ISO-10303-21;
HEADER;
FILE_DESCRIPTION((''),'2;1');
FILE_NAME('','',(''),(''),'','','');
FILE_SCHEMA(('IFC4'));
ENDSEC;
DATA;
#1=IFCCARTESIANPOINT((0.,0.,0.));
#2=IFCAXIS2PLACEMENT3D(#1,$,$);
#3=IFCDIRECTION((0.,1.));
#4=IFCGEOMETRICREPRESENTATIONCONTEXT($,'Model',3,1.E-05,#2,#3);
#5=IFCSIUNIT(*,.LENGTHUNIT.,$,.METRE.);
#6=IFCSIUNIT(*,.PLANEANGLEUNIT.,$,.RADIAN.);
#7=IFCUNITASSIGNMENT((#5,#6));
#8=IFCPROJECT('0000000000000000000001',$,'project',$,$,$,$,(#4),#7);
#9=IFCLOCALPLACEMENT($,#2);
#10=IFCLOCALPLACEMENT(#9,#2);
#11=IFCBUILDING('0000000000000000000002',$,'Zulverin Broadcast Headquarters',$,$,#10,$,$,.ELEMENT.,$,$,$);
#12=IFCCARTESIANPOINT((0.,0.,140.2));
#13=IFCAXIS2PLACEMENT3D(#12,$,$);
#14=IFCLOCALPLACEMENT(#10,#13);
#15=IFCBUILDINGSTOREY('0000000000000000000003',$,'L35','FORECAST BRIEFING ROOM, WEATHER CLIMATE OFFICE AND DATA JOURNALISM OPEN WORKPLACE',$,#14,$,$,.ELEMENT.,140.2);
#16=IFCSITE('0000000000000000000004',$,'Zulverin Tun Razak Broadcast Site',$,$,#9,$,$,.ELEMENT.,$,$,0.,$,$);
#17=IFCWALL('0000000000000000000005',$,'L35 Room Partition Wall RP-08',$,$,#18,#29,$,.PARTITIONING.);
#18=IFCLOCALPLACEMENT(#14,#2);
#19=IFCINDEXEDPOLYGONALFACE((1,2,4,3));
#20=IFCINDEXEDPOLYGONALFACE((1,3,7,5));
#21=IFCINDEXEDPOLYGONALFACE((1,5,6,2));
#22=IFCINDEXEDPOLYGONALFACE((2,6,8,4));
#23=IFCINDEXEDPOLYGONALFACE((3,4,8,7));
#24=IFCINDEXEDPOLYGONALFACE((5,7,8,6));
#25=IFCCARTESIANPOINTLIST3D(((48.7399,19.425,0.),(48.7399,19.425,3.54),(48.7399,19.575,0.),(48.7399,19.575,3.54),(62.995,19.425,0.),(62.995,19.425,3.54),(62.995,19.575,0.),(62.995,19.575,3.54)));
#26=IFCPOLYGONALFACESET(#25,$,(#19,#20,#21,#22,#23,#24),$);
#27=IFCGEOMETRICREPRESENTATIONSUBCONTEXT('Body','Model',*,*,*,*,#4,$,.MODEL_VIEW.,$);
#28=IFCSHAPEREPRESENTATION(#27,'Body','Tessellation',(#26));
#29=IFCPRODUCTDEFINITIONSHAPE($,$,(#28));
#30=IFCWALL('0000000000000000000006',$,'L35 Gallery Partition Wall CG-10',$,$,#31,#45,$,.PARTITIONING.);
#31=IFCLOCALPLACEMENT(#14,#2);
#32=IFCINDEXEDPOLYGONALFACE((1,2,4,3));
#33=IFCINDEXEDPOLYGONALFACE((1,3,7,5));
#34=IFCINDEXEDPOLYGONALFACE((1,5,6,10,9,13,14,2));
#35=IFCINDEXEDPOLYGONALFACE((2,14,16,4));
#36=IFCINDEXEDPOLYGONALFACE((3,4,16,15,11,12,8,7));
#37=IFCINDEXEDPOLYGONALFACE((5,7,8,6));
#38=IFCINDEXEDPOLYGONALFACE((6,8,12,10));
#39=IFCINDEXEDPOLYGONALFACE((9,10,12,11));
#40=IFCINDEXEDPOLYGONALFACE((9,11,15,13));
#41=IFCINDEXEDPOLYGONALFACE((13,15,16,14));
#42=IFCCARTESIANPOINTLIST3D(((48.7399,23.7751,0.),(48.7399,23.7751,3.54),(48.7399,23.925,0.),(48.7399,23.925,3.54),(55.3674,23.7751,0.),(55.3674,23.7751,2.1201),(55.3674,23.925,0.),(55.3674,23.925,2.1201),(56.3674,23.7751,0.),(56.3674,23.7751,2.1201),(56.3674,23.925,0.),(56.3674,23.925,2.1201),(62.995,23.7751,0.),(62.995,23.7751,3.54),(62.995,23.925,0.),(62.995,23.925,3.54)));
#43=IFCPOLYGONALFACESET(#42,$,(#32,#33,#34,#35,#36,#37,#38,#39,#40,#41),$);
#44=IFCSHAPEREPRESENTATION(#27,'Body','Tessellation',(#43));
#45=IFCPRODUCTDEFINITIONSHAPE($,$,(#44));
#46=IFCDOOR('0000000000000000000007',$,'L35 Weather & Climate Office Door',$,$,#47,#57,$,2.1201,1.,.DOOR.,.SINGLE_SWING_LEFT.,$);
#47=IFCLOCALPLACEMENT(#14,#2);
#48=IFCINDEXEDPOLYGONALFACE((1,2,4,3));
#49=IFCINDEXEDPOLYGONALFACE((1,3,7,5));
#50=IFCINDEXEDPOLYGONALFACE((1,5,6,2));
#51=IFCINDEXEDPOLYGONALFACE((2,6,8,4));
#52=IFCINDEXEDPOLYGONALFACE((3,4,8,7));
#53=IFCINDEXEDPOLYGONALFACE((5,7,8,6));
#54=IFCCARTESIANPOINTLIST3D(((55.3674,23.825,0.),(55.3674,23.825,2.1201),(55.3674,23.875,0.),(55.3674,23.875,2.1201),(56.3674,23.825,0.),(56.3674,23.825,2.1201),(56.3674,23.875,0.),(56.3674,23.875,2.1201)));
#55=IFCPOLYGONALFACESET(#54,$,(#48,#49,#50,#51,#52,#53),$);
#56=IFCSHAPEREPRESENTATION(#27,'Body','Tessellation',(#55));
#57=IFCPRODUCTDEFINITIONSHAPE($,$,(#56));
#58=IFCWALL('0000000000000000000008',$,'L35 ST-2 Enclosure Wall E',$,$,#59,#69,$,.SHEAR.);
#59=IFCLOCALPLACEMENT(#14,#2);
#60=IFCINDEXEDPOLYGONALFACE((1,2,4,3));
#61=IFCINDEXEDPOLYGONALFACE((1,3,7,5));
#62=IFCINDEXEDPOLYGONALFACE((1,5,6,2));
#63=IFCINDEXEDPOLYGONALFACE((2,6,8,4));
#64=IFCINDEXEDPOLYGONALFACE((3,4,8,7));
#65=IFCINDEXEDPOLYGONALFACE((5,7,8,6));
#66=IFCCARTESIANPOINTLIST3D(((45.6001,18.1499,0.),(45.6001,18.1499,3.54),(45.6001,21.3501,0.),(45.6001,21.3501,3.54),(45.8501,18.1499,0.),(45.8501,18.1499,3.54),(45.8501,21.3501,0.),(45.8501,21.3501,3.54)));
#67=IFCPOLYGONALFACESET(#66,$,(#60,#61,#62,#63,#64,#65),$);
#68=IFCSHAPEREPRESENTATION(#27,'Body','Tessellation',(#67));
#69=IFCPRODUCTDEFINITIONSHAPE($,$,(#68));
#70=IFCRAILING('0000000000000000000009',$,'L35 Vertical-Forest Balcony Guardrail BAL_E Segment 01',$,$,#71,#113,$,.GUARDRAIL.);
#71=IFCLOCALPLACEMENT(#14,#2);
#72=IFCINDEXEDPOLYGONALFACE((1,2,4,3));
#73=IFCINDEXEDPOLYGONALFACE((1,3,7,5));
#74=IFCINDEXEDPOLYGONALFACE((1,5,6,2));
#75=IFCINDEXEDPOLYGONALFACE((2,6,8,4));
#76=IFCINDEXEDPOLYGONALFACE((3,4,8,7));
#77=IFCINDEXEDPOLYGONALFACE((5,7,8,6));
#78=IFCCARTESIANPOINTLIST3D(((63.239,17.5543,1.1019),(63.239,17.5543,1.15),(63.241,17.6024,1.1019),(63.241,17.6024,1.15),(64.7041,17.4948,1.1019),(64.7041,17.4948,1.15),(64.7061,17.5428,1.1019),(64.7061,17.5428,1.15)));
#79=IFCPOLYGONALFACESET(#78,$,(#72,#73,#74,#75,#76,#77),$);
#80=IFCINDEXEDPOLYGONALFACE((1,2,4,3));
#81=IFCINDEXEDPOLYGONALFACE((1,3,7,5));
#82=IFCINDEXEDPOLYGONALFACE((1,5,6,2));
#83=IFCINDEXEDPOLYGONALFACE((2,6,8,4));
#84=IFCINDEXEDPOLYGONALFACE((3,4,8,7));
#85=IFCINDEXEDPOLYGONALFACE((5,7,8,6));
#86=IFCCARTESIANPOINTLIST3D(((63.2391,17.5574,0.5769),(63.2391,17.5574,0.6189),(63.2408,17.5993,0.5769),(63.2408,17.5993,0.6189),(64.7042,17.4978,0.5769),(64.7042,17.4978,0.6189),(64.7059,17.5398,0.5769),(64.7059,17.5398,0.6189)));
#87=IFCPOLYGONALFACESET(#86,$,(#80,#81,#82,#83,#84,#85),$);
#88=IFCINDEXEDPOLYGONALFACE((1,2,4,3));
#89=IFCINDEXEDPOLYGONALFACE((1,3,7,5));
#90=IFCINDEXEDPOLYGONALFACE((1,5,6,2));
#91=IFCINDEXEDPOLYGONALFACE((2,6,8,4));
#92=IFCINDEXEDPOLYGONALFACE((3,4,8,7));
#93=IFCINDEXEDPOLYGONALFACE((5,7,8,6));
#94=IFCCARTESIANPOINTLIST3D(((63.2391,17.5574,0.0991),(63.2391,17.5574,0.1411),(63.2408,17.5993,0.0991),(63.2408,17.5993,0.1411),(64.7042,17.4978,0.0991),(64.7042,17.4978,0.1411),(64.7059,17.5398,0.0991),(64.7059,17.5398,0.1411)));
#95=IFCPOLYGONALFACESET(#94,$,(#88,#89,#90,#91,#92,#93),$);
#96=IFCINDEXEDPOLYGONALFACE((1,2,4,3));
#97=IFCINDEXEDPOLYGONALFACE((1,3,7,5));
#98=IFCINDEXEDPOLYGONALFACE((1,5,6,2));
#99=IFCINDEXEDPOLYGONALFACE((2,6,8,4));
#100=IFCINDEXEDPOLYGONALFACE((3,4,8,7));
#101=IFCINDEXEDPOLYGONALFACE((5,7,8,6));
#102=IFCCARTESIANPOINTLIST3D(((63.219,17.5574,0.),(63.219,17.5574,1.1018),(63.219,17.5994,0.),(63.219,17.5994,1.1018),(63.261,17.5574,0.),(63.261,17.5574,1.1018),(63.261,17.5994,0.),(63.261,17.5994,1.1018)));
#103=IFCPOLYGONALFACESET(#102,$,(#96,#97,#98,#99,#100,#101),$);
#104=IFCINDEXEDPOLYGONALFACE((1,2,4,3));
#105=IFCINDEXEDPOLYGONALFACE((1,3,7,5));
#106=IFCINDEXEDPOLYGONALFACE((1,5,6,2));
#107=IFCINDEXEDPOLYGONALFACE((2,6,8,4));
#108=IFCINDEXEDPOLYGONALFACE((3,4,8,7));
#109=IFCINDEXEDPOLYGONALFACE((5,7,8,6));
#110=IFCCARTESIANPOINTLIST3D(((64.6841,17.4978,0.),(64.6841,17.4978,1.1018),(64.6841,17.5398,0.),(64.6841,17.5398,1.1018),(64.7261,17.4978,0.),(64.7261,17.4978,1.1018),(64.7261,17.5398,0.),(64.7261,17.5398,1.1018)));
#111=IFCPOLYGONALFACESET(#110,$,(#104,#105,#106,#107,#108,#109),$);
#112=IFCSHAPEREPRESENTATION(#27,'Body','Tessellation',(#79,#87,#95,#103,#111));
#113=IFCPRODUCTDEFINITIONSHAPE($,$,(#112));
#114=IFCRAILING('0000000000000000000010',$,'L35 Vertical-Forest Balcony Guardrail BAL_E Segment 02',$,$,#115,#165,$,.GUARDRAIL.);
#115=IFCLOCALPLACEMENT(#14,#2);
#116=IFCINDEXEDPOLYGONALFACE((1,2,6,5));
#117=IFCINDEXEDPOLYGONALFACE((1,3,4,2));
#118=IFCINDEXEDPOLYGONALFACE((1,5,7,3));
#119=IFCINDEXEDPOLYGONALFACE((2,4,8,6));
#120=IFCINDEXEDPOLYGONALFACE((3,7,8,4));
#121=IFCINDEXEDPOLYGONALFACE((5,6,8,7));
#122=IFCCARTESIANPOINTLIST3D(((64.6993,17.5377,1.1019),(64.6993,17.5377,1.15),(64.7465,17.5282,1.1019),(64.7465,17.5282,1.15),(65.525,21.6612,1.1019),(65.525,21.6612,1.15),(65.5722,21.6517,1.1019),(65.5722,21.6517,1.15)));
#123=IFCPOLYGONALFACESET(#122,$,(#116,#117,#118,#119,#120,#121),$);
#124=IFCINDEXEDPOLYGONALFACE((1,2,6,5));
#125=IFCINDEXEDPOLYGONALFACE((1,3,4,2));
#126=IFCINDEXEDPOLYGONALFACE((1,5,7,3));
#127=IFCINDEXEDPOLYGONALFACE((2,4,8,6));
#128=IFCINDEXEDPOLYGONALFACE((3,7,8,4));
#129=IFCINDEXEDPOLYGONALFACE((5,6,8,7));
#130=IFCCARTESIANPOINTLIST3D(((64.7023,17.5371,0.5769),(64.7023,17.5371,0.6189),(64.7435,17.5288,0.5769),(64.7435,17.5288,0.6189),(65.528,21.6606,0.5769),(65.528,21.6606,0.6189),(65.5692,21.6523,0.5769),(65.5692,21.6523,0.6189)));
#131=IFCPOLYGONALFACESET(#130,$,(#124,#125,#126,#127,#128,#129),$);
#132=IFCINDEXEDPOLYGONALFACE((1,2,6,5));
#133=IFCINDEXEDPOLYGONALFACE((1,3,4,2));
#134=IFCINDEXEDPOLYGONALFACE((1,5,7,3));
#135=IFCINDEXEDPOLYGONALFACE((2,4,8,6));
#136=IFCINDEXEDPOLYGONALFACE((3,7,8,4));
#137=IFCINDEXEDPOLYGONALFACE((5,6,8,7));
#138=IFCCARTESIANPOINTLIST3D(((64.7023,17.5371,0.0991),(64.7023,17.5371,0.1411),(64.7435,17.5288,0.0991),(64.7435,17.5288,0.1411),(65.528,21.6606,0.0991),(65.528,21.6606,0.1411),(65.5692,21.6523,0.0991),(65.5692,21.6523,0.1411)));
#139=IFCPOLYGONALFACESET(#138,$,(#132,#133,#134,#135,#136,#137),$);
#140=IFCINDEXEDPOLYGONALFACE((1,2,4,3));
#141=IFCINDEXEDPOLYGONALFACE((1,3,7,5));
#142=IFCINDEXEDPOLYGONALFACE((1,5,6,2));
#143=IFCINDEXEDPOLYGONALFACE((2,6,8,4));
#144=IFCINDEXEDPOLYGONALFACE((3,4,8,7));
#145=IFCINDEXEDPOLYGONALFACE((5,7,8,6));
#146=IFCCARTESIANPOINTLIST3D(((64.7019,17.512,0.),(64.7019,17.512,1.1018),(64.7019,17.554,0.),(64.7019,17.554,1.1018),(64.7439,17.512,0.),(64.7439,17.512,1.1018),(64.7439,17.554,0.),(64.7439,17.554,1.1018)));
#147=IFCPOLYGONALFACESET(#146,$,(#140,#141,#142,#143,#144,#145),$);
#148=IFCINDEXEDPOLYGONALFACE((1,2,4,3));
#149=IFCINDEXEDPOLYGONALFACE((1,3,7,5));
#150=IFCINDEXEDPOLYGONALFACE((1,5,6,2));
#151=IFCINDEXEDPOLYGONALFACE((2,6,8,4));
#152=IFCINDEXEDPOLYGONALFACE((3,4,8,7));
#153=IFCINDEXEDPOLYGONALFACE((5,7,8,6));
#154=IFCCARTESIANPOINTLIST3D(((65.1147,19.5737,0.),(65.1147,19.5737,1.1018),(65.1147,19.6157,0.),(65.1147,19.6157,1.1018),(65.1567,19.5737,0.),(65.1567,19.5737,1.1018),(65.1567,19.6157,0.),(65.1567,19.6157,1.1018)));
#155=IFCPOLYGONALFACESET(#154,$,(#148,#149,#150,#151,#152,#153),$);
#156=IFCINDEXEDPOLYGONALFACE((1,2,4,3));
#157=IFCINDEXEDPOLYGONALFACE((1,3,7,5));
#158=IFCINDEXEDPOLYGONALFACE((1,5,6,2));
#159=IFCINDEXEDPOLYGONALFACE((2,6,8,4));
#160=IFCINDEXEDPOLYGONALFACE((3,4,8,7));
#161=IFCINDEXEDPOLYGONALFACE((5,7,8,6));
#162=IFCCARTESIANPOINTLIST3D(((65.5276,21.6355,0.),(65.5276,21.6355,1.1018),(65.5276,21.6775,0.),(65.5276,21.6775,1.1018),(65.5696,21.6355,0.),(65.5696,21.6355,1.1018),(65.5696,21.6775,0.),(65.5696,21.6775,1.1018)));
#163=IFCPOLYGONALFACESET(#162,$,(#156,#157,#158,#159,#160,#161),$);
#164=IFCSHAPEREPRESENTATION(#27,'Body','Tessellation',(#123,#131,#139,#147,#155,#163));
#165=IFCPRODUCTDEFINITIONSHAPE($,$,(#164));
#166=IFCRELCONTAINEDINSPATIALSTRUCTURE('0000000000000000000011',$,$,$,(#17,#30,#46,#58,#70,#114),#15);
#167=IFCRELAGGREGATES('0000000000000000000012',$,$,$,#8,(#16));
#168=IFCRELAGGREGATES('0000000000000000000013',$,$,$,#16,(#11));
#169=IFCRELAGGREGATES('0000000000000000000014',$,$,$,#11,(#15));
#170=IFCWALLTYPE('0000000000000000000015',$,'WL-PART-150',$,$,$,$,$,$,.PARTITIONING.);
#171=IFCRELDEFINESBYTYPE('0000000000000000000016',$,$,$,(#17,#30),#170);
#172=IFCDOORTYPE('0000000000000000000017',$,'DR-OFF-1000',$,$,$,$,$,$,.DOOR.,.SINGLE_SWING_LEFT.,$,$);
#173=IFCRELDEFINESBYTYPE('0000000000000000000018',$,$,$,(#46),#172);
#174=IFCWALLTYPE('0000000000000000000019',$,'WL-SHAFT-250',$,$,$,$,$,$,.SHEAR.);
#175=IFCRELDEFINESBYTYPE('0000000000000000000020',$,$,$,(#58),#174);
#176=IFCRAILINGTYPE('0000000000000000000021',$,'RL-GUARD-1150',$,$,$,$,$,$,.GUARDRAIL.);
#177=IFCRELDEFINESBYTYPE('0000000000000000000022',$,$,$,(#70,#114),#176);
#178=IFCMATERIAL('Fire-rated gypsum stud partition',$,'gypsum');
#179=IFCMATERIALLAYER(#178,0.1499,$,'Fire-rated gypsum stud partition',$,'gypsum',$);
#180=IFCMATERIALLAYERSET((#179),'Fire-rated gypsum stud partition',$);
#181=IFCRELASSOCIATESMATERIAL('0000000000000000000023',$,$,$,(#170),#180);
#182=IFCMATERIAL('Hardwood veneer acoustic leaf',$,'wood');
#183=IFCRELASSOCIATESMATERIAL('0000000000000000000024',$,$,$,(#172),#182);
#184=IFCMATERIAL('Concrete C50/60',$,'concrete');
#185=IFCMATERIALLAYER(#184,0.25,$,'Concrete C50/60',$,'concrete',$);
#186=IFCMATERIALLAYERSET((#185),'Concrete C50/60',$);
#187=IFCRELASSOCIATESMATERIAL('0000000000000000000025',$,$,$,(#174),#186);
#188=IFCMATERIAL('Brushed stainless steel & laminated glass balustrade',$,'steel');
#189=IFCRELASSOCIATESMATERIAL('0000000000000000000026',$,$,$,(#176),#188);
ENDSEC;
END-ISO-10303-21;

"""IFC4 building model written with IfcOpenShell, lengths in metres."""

from ifc_helpers import new_model, si_unit, direction, frame, frame_2d, origin, origin_2d, place, context, subcontext, project, spatial, rectangle, extrude, material, layer, layer_set, type_object, element, fill, save


model = new_model("IFC4")

# Units and contexts
model_context = context("Model", 3, precision=1e-05, world=origin(), true_north=direction((0.0, 1.0)))
body_context = subcontext(model_context, "Body", "Model", "MODEL_VIEW")
ifc_project = project(units=[si_unit("LENGTHUNIT", "METRE"), si_unit("PLANEANGLEUNIT", "RADIAN")], contexts=[model_context])

# Site, building, storey
site_placement = place(None, origin())
site = spatial("IfcSite", under=ifc_project, at=site_placement, Name="Zulverin Tun Razak Broadcast Site", CompositionType="ELEMENT", RefElevation=0.0)
building_placement = place(site_placement, origin())
building = spatial("IfcBuilding", under=site, at=building_placement, Name="Zulverin Broadcast Headquarters", CompositionType="ELEMENT")
storey_placement = place(building_placement, frame((0.0, 0.0, 140.2)))
storey = spatial("IfcBuildingStorey", under=building, at=storey_placement, Name="L35", Description="FORECAST BRIEFING ROOM, WEATHER CLIMATE OFFICE AND DATA JOURNALISM OPEN WORKPLACE", CompositionType="ELEMENT", Elevation=140.2)

# Shared definitions
ifc_material_1 = material(Name="Concrete C50/60", Category="concrete")

# Wall
ifc_material_2 = material(Name="Fire-rated gypsum stud partition", Category="gypsum")
ifc_layer_1 = layer(ifc_material_2, 0.1499, Name="Fire-rated gypsum stud partition", Category="gypsum")
ifc_layer_set_1 = layer_set([ifc_layer_1], Name="Fire-rated gypsum stud partition")
wall_type_1 = type_object("IfcWallType", Name="WL-PART-150", PredefinedType="PARTITIONING", material=ifc_layer_set_1)
wall_1_placement = place(storey_placement, frame((48.74, 19.5, 0.0), z_axis=(0.0, 0.0, 1.0), x_axis=(1.0, 0.0, 0.0)))
element("IfcWall", 1, at=wall_1_placement, inside=storey, type_object=wall_type_1, Name="L35 Room Partition Wall RP-08", PredefinedType="PARTITIONING", context=body_context, shape_type="SweptSolid", body=[
    extrude(rectangle(XDim=14.2551, YDim=0.1499, at=frame_2d((7.1274, 0.0))), origin(), (0.0, 0.0, 1.0), 3.54),
])

# Wall, opening, door
wall_2_placement = place(storey_placement, frame((48.74, 23.8501, 0.0), z_axis=(0.0, 0.0, 1.0), x_axis=(1.0, 0.0, 0.0)))
wall_2 = element("IfcWall", 2, at=wall_2_placement, inside=storey, type_object=wall_type_1, Name="L35 Gallery Partition Wall CG-10", PredefinedType="PARTITIONING", context=body_context, shape_type="SweptSolid", body=[
    extrude(rectangle(XDim=14.2551, YDim=0.1499, at=frame_2d((7.1274, 0.0))), origin(), (0.0, 0.0, 1.0), 3.54),
])
opening_1_placement = place(wall_2_placement, frame((6.6274, 0.0, 0.0)))
opening_1 = element("IfcOpeningElement", 3, at=opening_1_placement, cuts=wall_2, PredefinedType="OPENING", context=body_context, shape_type="SweptSolid", body=[
    extrude(rectangle(XDim=1.0, YDim=2.1201, at=frame_2d((0.5, 1.0601))), frame((0.0, 0.085, 0.0), z_axis=(0.0, -1.0, 0.0), x_axis=(1.0, 0.0, 0.0)), (0.0, 0.0, 1.0), 0.1699),
])
ifc_material_3 = material(Name="Hardwood veneer acoustic leaf", Category="wood")
door_type_1 = type_object("IfcDoorType", Name="DR-OFF-1000", OperationType="SINGLE_SWING_LEFT", PredefinedType="DOOR", material=ifc_material_3)
door_1_placement = place(opening_1_placement, origin())
door_1 = element("IfcDoor", 4, at=door_1_placement, inside=storey, type_object=door_type_1, Name="L35 Weather & Climate Office Door", OperationType="SINGLE_SWING_LEFT", OverallHeight=2.1201, OverallWidth=1.0, PredefinedType="DOOR", context=body_context, shape_type="SweptSolid", body=[
    extrude(rectangle(XDim=1.0, YDim=2.1201, at=frame_2d((0.5, 1.0601))), frame((0.0, 0.0249, 0.0), z_axis=(0.0, -1.0, 0.0), x_axis=(1.0, 0.0, 0.0)), (0.0, 0.0, 1.0), 0.05),
])
fill(opening_1, door_1)

# Wall
ifc_layer_2 = layer(ifc_material_1, 0.25, Name="Concrete C50/60", Category="concrete")
ifc_layer_set_2 = layer_set([ifc_layer_2], Name="Concrete C50/60")
wall_type_2 = type_object("IfcWallType", Name="WL-SHAFT-250", PredefinedType="SHEAR", material=ifc_layer_set_2)
wall_3_placement = place(storey_placement, frame((45.7251, 18.1499, 0.0), z_axis=(0.0, 0.0, 1.0), x_axis=(0.0, 1.0, 0.0)))
element("IfcWall", 5, at=wall_3_placement, inside=storey, type_object=wall_type_2, Name="L35 ST-2 Enclosure Wall E", PredefinedType="SHEAR", context=body_context, shape_type="SweptSolid", body=[
    extrude(rectangle(XDim=3.2002, YDim=0.25, at=frame_2d((1.6001, 0.0))), origin(), (0.0, 0.0, 1.0), 3.54),
])

# Railings
ifc_material_4 = material(Name="Brushed stainless steel & laminated glass balustrade", Category="steel")
railing_type = type_object("IfcRailingType", Name="RL-GUARD-1150", PredefinedType="GUARDRAIL", material=ifc_material_4)
railing_1_placement = place(storey_placement, frame((63.24, 17.5784, 0.0)))
element("IfcRailing", 6, at=railing_1_placement, inside=storey, type_object=railing_type, Name="L35 Vertical-Forest Balcony Guardrail BAL_E Segment 01", PredefinedType="GUARDRAIL", context=body_context, shape_type="SweptSolid", body=[
    extrude(rectangle(XDim=0.0481, YDim=0.0481, at=origin_2d()), frame((0.0, 0.0, 1.126), z_axis=(0.999174, -0.040626, 0.0), x_axis=(0.040626, 0.999174, 0.0)), (0.0, 0.0, 1.0), 1.4663),
    extrude(rectangle(XDim=0.042, YDim=0.042, at=origin_2d()), frame((0.0, 0.0, 0.5979), z_axis=(0.999174, -0.040626, 0.0), x_axis=(0.040626, 0.999174, 0.0)), (0.0, 0.0, 1.0), 1.4663),
    extrude(rectangle(XDim=0.042, YDim=0.042, at=origin_2d()), frame((0.0, 0.0, 0.1201), z_axis=(0.999174, -0.040626, 0.0), x_axis=(0.040626, 0.999174, 0.0)), (0.0, 0.0, 1.0), 1.4663),
    extrude(rectangle(XDim=0.042, YDim=0.042, at=origin_2d()), origin(), (0.0, 0.0, 1.0), 1.1018),
    extrude(rectangle(XDim=0.042, YDim=0.042, at=origin_2d()), frame((1.4651, -0.0596, 0.0)), (0.0, 0.0, 1.0), 1.1018),
])
railing_2_placement = place(storey_placement, frame((64.7229, 17.533, 0.0)))
element("IfcRailing", 7, at=railing_2_placement, inside=storey, type_object=railing_type, Name="L35 Vertical-Forest Balcony Guardrail BAL_E Segment 02", PredefinedType="GUARDRAIL", context=body_context, shape_type="SweptSolid", body=[
    extrude(rectangle(XDim=0.0481, YDim=0.0481, at=origin_2d()), frame((0.0, 0.0, 1.126), z_axis=(0.196339, 0.980536, 0.0), x_axis=(-0.980536, 0.196339, 0.0)), (0.0, 0.0, 1.0), 4.2053),
    extrude(rectangle(XDim=0.042, YDim=0.042, at=origin_2d()), frame((0.0, 0.0, 0.5979), z_axis=(0.196339, 0.980536, 0.0), x_axis=(-0.980536, 0.196339, 0.0)), (0.0, 0.0, 1.0), 4.2053),
    extrude(rectangle(XDim=0.042, YDim=0.042, at=origin_2d()), frame((0.0, 0.0, 0.1201), z_axis=(0.196339, 0.980536, 0.0), x_axis=(-0.980536, 0.196339, 0.0)), (0.0, 0.0, 1.0), 4.2053),
    extrude(rectangle(XDim=0.042, YDim=0.042, at=origin_2d()), origin(), (0.0, 0.0, 1.0), 1.1018),
    extrude(rectangle(XDim=0.042, YDim=0.042, at=origin_2d()), frame((0.4128, 2.0618, 0.0)), (0.0, 0.0, 1.0), 1.1018),
    extrude(rectangle(XDim=0.042, YDim=0.042, at=origin_2d()), frame((0.8257, 4.1235, 0.0)), (0.0, 0.0, 1.0), 1.1018),
])

save(model, "model.ifc")
